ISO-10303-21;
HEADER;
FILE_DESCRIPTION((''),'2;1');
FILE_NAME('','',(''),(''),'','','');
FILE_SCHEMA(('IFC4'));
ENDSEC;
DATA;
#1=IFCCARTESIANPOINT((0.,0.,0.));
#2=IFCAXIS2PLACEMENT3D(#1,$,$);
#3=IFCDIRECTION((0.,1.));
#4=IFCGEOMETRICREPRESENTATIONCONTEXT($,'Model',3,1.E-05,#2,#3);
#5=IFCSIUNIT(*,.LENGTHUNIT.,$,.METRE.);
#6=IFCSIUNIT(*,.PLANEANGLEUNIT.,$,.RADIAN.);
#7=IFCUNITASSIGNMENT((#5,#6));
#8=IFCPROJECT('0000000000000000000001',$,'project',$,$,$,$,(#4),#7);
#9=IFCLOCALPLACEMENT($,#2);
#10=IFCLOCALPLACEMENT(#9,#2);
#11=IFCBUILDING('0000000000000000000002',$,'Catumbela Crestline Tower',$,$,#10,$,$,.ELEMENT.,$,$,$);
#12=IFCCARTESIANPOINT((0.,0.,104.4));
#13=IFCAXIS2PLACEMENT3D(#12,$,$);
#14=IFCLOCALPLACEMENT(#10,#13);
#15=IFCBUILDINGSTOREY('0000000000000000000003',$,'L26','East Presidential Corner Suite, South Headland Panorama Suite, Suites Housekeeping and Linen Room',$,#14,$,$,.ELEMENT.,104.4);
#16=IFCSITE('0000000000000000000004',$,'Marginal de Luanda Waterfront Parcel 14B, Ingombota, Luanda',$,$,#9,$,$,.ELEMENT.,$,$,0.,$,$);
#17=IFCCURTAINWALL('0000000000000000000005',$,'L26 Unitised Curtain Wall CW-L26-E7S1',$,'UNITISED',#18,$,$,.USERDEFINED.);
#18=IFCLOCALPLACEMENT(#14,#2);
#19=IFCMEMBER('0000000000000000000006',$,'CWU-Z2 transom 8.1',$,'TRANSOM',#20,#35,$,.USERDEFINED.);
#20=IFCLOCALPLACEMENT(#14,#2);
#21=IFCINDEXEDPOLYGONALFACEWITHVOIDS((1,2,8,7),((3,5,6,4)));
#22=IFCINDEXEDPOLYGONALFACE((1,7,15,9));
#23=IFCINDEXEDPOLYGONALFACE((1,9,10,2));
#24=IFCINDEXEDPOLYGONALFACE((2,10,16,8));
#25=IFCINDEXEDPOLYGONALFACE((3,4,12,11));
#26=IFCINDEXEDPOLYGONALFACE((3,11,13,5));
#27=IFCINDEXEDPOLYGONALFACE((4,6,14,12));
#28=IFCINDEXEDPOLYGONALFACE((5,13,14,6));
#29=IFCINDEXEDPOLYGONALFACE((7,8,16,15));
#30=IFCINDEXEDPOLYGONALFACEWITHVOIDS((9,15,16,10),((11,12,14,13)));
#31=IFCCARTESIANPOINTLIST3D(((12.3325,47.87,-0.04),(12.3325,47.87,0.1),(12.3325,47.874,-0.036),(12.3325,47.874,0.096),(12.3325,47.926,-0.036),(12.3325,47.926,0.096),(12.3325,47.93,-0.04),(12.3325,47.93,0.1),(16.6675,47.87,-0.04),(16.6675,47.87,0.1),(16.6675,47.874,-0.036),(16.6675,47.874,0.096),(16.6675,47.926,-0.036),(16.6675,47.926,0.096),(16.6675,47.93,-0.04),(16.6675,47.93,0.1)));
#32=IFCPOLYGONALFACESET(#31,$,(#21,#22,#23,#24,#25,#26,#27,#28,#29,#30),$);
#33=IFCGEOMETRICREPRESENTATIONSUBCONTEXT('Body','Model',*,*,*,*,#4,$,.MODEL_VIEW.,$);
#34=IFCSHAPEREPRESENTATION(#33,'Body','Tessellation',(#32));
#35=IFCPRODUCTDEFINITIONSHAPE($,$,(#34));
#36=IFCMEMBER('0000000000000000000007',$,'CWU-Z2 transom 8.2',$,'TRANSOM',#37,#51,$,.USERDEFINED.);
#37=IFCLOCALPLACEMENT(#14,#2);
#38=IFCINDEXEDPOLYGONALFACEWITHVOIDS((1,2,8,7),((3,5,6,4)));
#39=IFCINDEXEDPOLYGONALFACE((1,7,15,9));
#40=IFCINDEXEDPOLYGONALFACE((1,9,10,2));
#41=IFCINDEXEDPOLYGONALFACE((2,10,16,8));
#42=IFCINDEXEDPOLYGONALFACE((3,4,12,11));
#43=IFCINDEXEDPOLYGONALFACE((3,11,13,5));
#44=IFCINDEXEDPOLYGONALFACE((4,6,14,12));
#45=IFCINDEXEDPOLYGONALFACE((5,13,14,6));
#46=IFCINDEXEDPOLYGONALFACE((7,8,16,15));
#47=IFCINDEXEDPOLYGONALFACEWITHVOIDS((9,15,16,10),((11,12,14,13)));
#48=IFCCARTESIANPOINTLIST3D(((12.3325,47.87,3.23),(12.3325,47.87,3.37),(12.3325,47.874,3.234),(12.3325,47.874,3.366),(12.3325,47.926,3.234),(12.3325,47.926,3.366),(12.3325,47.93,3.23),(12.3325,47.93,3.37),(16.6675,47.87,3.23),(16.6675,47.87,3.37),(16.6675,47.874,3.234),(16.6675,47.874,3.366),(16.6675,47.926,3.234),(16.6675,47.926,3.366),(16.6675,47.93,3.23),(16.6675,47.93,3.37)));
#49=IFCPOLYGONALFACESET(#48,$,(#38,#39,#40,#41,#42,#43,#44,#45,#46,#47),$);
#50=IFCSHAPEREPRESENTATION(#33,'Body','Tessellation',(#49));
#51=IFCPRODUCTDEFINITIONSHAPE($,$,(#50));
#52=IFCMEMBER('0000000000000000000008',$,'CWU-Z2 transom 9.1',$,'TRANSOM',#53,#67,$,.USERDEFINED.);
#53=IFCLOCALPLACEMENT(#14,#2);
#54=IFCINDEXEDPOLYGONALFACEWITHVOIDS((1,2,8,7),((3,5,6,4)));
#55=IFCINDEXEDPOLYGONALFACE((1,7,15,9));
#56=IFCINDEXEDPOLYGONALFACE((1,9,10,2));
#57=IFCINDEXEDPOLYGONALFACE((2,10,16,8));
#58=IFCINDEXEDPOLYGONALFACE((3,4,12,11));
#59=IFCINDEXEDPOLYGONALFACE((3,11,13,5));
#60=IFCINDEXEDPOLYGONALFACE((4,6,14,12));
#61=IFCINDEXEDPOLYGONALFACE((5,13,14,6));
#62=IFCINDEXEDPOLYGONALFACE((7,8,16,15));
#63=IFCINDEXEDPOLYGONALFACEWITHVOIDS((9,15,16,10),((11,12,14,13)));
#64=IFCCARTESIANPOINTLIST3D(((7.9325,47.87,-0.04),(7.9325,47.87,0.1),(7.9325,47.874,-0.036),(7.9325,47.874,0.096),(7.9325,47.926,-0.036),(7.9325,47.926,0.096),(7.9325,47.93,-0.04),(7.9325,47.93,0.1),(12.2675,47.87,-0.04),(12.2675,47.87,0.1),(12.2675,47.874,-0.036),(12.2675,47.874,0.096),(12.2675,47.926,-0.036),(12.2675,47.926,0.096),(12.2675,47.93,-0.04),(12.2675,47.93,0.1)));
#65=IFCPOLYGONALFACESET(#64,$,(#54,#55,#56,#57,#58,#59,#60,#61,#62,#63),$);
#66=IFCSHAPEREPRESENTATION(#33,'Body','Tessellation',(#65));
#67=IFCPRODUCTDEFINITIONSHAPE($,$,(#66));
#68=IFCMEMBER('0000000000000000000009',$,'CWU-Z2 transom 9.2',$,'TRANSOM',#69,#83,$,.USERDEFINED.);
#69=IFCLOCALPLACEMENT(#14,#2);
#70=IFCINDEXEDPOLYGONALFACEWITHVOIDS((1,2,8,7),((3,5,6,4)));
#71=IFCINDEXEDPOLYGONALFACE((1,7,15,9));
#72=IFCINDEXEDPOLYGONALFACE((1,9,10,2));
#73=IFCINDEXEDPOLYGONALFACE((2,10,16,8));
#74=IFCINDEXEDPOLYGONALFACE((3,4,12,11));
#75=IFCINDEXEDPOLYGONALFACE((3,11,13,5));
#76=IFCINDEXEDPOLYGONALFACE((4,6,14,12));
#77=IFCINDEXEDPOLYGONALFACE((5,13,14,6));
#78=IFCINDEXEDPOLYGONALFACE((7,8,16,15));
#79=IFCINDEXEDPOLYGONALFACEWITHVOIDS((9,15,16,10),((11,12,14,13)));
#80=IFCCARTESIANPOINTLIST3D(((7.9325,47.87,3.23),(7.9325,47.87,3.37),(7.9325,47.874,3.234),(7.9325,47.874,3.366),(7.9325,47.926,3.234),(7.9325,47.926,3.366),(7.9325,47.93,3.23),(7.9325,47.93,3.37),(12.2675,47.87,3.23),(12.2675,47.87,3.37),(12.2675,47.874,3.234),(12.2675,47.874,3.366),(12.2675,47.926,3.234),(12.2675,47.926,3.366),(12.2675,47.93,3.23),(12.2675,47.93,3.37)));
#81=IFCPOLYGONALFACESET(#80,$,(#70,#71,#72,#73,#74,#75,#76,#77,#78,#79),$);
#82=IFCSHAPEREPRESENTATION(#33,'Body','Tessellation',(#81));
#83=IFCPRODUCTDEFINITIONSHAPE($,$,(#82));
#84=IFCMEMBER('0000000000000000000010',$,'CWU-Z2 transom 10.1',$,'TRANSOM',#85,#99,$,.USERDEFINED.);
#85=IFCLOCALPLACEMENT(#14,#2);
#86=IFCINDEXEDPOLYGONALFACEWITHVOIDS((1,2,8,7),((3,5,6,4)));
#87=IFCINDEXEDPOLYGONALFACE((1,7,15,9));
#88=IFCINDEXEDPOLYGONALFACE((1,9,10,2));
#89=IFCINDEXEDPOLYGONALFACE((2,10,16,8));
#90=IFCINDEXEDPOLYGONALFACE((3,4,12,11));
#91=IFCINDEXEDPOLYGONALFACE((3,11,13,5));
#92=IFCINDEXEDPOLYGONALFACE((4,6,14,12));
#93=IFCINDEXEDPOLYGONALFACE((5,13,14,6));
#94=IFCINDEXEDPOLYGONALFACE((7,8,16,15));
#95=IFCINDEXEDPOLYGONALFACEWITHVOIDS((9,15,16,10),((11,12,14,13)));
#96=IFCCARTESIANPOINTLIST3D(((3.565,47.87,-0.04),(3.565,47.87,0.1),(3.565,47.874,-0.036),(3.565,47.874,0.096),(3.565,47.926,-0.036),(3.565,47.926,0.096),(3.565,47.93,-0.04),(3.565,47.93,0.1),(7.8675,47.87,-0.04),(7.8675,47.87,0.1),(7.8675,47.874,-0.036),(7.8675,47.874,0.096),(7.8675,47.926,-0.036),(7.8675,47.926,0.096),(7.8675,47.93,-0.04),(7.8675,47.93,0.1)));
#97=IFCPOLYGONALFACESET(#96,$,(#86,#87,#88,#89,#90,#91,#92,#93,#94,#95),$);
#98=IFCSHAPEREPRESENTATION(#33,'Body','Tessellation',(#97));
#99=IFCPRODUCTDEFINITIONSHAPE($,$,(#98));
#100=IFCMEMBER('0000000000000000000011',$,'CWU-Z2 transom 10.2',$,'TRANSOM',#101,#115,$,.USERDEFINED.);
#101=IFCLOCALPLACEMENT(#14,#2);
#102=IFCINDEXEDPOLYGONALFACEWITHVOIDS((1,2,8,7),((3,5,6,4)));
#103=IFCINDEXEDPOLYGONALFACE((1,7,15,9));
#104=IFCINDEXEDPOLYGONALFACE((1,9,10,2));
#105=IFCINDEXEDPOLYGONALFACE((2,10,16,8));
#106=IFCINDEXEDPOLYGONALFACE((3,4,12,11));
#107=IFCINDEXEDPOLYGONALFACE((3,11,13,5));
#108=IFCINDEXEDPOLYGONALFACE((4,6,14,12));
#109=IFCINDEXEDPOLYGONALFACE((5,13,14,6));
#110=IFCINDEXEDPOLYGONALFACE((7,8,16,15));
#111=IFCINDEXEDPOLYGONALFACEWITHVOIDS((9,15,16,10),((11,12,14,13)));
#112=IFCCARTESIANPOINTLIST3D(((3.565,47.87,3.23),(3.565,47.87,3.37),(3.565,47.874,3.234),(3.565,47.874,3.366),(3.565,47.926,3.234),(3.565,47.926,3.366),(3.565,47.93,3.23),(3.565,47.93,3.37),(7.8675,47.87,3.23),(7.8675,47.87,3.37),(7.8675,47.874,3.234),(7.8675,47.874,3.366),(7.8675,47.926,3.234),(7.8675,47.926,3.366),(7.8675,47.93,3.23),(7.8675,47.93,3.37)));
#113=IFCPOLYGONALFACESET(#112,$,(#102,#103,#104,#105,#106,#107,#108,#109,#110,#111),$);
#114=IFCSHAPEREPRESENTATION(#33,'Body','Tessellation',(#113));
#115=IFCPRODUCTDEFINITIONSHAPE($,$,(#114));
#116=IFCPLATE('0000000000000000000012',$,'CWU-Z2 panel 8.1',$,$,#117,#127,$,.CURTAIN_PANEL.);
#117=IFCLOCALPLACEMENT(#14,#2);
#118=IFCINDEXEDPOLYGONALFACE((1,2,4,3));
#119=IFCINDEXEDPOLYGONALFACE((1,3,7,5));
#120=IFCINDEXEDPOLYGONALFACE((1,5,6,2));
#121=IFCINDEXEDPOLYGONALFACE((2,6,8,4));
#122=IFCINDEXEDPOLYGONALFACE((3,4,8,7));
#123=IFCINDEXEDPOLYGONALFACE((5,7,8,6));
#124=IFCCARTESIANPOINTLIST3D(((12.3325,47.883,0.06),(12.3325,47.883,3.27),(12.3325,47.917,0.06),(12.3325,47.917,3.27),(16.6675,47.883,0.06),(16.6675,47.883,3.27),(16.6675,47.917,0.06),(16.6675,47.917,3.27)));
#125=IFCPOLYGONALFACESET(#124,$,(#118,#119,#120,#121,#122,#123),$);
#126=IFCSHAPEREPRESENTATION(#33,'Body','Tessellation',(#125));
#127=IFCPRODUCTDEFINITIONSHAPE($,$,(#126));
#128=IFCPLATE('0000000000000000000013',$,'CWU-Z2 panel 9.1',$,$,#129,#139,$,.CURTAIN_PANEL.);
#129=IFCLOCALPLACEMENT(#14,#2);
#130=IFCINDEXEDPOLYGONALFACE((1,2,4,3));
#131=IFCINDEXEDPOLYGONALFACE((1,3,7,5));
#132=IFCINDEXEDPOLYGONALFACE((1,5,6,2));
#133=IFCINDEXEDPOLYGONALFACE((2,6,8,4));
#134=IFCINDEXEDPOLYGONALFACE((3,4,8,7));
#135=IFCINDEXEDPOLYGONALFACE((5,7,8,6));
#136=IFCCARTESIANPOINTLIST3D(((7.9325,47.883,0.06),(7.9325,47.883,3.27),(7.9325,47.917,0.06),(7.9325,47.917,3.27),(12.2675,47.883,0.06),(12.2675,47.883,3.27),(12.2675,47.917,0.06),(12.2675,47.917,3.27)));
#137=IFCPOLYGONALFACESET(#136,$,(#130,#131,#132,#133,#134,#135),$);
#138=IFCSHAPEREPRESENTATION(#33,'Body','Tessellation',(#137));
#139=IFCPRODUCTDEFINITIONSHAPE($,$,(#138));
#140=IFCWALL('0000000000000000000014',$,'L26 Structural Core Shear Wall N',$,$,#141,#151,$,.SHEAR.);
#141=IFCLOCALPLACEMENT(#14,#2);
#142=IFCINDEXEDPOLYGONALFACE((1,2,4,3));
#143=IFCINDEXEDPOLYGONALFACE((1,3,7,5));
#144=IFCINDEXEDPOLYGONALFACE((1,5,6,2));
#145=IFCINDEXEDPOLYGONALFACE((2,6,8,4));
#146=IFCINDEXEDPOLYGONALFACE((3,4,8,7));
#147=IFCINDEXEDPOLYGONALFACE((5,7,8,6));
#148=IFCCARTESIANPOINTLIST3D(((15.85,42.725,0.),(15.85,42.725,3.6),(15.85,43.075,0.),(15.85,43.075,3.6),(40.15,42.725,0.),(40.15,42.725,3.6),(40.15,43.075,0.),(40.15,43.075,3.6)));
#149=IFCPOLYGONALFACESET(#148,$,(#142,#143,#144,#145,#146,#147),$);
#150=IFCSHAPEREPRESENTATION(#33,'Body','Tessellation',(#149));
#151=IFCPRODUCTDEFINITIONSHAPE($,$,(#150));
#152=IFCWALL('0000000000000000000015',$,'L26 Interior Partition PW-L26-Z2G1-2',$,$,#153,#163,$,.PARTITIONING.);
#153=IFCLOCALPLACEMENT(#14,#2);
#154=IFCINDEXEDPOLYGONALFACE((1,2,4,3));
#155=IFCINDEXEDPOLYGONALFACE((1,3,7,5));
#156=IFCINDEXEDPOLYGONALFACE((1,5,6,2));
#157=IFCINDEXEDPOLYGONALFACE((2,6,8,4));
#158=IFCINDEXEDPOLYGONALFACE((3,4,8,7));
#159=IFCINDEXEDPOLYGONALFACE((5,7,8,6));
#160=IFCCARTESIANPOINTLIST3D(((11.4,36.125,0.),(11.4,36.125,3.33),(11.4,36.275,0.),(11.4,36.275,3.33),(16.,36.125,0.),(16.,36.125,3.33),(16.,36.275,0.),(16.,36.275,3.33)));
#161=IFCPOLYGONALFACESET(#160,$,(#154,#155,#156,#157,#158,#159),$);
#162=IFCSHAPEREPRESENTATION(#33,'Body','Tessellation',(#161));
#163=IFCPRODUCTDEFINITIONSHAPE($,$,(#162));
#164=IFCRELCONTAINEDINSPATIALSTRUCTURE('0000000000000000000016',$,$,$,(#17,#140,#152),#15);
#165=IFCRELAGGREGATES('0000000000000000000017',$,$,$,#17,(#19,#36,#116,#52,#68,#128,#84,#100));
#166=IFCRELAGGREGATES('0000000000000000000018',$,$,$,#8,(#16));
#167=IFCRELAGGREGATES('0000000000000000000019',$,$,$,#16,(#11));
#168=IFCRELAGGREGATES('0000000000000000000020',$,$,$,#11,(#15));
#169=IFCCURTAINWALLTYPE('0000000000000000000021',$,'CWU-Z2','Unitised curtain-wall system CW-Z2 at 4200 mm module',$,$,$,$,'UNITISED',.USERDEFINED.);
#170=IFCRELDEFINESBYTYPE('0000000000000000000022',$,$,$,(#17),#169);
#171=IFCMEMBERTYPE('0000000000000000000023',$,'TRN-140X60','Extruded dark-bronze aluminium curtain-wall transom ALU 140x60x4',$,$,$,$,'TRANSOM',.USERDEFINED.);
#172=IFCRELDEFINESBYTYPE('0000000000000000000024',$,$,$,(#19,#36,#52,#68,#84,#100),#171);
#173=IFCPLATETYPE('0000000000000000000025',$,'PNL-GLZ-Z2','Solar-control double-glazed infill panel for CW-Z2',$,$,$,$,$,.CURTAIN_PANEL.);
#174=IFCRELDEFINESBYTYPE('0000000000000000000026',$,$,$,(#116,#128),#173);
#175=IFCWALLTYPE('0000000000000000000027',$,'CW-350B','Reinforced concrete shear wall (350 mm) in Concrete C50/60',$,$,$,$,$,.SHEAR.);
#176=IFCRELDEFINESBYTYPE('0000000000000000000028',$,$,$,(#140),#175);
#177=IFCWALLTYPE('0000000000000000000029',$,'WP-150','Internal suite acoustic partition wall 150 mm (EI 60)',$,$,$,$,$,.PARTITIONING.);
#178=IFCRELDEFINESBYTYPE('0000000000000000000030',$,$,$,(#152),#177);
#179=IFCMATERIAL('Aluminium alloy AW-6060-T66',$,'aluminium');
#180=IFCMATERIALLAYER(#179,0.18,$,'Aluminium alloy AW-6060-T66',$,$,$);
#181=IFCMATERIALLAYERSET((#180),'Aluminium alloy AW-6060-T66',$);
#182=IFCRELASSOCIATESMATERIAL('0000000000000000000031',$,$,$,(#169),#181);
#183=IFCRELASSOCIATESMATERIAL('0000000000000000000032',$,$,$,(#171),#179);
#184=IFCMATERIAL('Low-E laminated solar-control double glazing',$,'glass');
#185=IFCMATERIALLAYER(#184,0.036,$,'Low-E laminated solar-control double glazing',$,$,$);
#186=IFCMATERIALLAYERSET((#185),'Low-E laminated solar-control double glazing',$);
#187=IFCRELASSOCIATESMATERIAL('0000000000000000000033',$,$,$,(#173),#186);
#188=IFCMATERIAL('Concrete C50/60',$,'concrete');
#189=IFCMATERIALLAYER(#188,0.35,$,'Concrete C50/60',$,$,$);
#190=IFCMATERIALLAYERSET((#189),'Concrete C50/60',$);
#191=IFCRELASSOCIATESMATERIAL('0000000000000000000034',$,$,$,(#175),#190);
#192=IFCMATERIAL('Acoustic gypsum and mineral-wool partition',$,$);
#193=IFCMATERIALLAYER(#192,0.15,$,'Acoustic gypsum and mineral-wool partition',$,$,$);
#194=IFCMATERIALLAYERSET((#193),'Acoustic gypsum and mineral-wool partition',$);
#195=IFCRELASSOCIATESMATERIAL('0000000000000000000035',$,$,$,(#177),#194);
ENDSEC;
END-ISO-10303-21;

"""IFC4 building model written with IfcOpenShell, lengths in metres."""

from ifc_helpers import new_model, si_unit, direction, frame, frame_2d, origin, origin_2d, place, context, subcontext, project, spatial, rectangle, hollow_rectangle, extrude, material, layer, layer_set, material_profile, profile_set, type_object, element, aggregate, save


model = new_model("IFC4")

# Units and contexts
model_context = context("Model", 3, precision=1e-05, world=origin(), true_north=direction((0.0, 1.0)))
body_context = subcontext(model_context, "Body", "Model", "MODEL_VIEW")
ifc_project = project(units=[si_unit("LENGTHUNIT", "METRE"), si_unit("PLANEANGLEUNIT", "RADIAN")], contexts=[model_context])

# Site, building, storey
site_placement = place(None, origin())
site = spatial("IfcSite", under=ifc_project, at=site_placement, Name="Marginal de Luanda Waterfront Parcel 14B, Ingombota, Luanda", CompositionType="ELEMENT", RefElevation=0.0)
building_placement = place(site_placement, origin())
building = spatial("IfcBuilding", under=site, at=building_placement, Name="Catumbela Crestline Tower", CompositionType="ELEMENT")
storey_placement = place(building_placement, frame((0.0, 0.0, 104.4)))
storey = spatial("IfcBuildingStorey", under=building, at=storey_placement, Name="L26", Description="East Presidential Corner Suite, South Headland Panorama Suite, Suites Housekeeping and Linen Room", CompositionType="ELEMENT", Elevation=104.4)

# Shared definitions
ifc_material_1 = material(Name="Concrete C50/60", Category="concrete")

# Curtain wall
ifc_material_2 = material(Name="Aluminium alloy AW-6060-T66", Category="aluminium")
ifc_layer_1 = layer(ifc_material_2, 0.18, Name="Aluminium alloy AW-6060-T66")
ifc_layer_set_1 = layer_set([ifc_layer_1], Name="Aluminium alloy AW-6060-T66")
curtain_wall_type = type_object("IfcCurtainWallType", Name="CWU-Z2", Description="Unitised curtain-wall system CW-Z2 at 4200 mm module", ElementType="UNITISED", PredefinedType="USERDEFINED", material=ifc_layer_set_1)
curtain_wall_placement = place(storey_placement, origin())
curtain_wall = element("IfcCurtainWall", 1, at=curtain_wall_placement, inside=storey, type_object=curtain_wall_type, Name="L26 Unitised Curtain Wall CW-L26-E7S1", ObjectType="UNITISED", PredefinedType="USERDEFINED")

# Members
ifc_material_profile_1 = material_profile(ifc_material_2, hollow_rectangle(XDim=0.06, YDim=0.14, WallThickness=0.004, at=origin_2d()), Name="ALU 140x60x4")
ifc_profile_set_1 = profile_set([ifc_material_profile_1], Name="Aluminium alloy AW-6060-T66")
member_type_1 = type_object("IfcMemberType", Name="TRN-140X60", Description="Extruded dark-bronze aluminium curtain-wall transom ALU 140x60x4", ElementType="TRANSOM", PredefinedType="USERDEFINED", material=ifc_profile_set_1)
member_1_placement = place(storey_placement, frame((16.6675, 47.9, 0.03), z_axis=(-1.0, 0.0, 0.0), x_axis=(0.0, -1.0, 0.0)))
member_1 = element("IfcMember", 2, at=member_1_placement, type_object=member_type_1, Name="CWU-Z2 transom 8.1", ObjectType="TRANSOM", PredefinedType="USERDEFINED", context=body_context, shape_type="SweptSolid", body=[
    extrude(hollow_rectangle(XDim=0.06, YDim=0.14, WallThickness=0.004, at=origin_2d()), origin(), (0.0, 0.0, 1.0), 4.335),
])
member_2_placement = place(storey_placement, frame((16.6675, 47.9, 3.3), z_axis=(-1.0, 0.0, 0.0), x_axis=(0.0, -1.0, 0.0)))
member_2 = element("IfcMember", 3, at=member_2_placement, type_object=member_type_1, Name="CWU-Z2 transom 8.2", ObjectType="TRANSOM", PredefinedType="USERDEFINED", context=body_context, shape_type="SweptSolid", body=[
    extrude(hollow_rectangle(XDim=0.06, YDim=0.14, WallThickness=0.004, at=origin_2d()), origin(), (0.0, 0.0, 1.0), 4.335),
])
member_3_placement = place(storey_placement, frame((12.2675, 47.9, 0.03), z_axis=(-1.0, 0.0, 0.0), x_axis=(0.0, -1.0, 0.0)))
member_3 = element("IfcMember", 4, at=member_3_placement, type_object=member_type_1, Name="CWU-Z2 transom 9.1", ObjectType="TRANSOM", PredefinedType="USERDEFINED", context=body_context, shape_type="SweptSolid", body=[
    extrude(hollow_rectangle(XDim=0.06, YDim=0.14, WallThickness=0.004, at=origin_2d()), origin(), (0.0, 0.0, 1.0), 4.335),
])
member_4_placement = place(storey_placement, frame((12.2675, 47.9, 3.3), z_axis=(-1.0, 0.0, 0.0), x_axis=(0.0, -1.0, 0.0)))
member_4 = element("IfcMember", 5, at=member_4_placement, type_object=member_type_1, Name="CWU-Z2 transom 9.2", ObjectType="TRANSOM", PredefinedType="USERDEFINED", context=body_context, shape_type="SweptSolid", body=[
    extrude(hollow_rectangle(XDim=0.06, YDim=0.14, WallThickness=0.004, at=origin_2d()), origin(), (0.0, 0.0, 1.0), 4.335),
])
member_5_placement = place(storey_placement, frame((7.8675, 47.9, 0.03), z_axis=(-1.0, 0.0, 0.0), x_axis=(0.0, -1.0, 0.0)))
member_5 = element("IfcMember", 6, at=member_5_placement, type_object=member_type_1, Name="CWU-Z2 transom 10.1", ObjectType="TRANSOM", PredefinedType="USERDEFINED", context=body_context, shape_type="SweptSolid", body=[
    extrude(hollow_rectangle(XDim=0.06, YDim=0.14, WallThickness=0.004, at=origin_2d()), origin(), (0.0, 0.0, 1.0), 4.3025),
])
member_6_placement = place(storey_placement, frame((7.8675, 47.9, 3.3), z_axis=(-1.0, 0.0, 0.0), x_axis=(0.0, -1.0, 0.0)))
member_6 = element("IfcMember", 7, at=member_6_placement, type_object=member_type_1, Name="CWU-Z2 transom 10.2", ObjectType="TRANSOM", PredefinedType="USERDEFINED", context=body_context, shape_type="SweptSolid", body=[
    extrude(hollow_rectangle(XDim=0.06, YDim=0.14, WallThickness=0.004, at=origin_2d()), origin(), (0.0, 0.0, 1.0), 4.3025),
])

# Plates
ifc_material_3 = material(Name="Low-E laminated solar-control double glazing", Category="glass")
ifc_layer_2 = layer(ifc_material_3, 0.036, Name="Low-E laminated solar-control double glazing")
ifc_layer_set_2 = layer_set([ifc_layer_2], Name="Low-E laminated solar-control double glazing")
plate_type = type_object("IfcPlateType", Name="PNL-GLZ-Z2", Description="Solar-control double-glazed infill panel for CW-Z2", PredefinedType="CURTAIN_PANEL", material=ifc_layer_set_2)
plate_1_placement = place(storey_placement, frame((14.5, 47.9, 0.06), z_axis=(0.0, 0.0, 1.0), x_axis=(-1.0, 0.0, 0.0)))
plate_1 = element("IfcPlate", 8, at=plate_1_placement, type_object=plate_type, Name="CWU-Z2 panel 8.1", PredefinedType="CURTAIN_PANEL", context=body_context, shape_type="SweptSolid", body=[
    extrude(rectangle(XDim=4.335, YDim=0.034, at=origin_2d()), origin(), (0.0, 0.0, 1.0), 3.21),
])
plate_2_placement = place(storey_placement, frame((10.1, 47.9, 0.06), z_axis=(0.0, 0.0, 1.0), x_axis=(-1.0, 0.0, 0.0)))
plate_2 = element("IfcPlate", 9, at=plate_2_placement, type_object=plate_type, Name="CWU-Z2 panel 9.1", PredefinedType="CURTAIN_PANEL", context=body_context, shape_type="SweptSolid", body=[
    extrude(rectangle(XDim=4.335, YDim=0.034, at=origin_2d()), origin(), (0.0, 0.0, 1.0), 3.21),
])
aggregate(curtain_wall, [member_1, member_2, plate_1, member_3, member_4, plate_2, member_5, member_6])

# Walls
ifc_layer_3 = layer(ifc_material_1, 0.35, Name="Concrete C50/60")
ifc_layer_set_3 = layer_set([ifc_layer_3], Name="Concrete C50/60")
wall_type_1 = type_object("IfcWallType", Name="CW-350B", Description="Reinforced concrete shear wall (350 mm) in Concrete C50/60", PredefinedType="SHEAR", material=ifc_layer_set_3)
wall_1_placement = place(storey_placement, frame((15.85, 42.9, 0.0), z_axis=(0.0, 0.0, 1.0), x_axis=(1.0, 0.0, 0.0)))
element("IfcWall", 10, at=wall_1_placement, inside=storey, type_object=wall_type_1, Name="L26 Structural Core Shear Wall N", PredefinedType="SHEAR", context=body_context, shape_type="SweptSolid", body=[
    extrude(rectangle(XDim=24.3, YDim=0.35, at=frame_2d((12.15, 0.0))), origin(), (0.0, 0.0, 1.0), 3.6),
])
ifc_material_4 = material(Name="Acoustic gypsum and mineral-wool partition")
ifc_layer_4 = layer(ifc_material_4, 0.15, Name="Acoustic gypsum and mineral-wool partition")
ifc_layer_set_4 = layer_set([ifc_layer_4], Name="Acoustic gypsum and mineral-wool partition")
wall_type_2 = type_object("IfcWallType", Name="WP-150", Description="Internal suite acoustic partition wall 150 mm (EI 60)", PredefinedType="PARTITIONING", material=ifc_layer_set_4)
wall_2_placement = place(storey_placement, frame((11.4, 36.2, 0.0), z_axis=(0.0, 0.0, 1.0), x_axis=(1.0, 0.0, 0.0)))
element("IfcWall", 11, at=wall_2_placement, inside=storey, type_object=wall_type_2, Name="L26 Interior Partition PW-L26-Z2G1-2", PredefinedType="PARTITIONING", context=body_context, shape_type="SweptSolid", body=[
    extrude(rectangle(XDim=4.6, YDim=0.15, at=frame_2d((2.3, 0.0))), origin(), (0.0, 0.0, 1.0), 3.33),
])

save(model, "model.ifc")
